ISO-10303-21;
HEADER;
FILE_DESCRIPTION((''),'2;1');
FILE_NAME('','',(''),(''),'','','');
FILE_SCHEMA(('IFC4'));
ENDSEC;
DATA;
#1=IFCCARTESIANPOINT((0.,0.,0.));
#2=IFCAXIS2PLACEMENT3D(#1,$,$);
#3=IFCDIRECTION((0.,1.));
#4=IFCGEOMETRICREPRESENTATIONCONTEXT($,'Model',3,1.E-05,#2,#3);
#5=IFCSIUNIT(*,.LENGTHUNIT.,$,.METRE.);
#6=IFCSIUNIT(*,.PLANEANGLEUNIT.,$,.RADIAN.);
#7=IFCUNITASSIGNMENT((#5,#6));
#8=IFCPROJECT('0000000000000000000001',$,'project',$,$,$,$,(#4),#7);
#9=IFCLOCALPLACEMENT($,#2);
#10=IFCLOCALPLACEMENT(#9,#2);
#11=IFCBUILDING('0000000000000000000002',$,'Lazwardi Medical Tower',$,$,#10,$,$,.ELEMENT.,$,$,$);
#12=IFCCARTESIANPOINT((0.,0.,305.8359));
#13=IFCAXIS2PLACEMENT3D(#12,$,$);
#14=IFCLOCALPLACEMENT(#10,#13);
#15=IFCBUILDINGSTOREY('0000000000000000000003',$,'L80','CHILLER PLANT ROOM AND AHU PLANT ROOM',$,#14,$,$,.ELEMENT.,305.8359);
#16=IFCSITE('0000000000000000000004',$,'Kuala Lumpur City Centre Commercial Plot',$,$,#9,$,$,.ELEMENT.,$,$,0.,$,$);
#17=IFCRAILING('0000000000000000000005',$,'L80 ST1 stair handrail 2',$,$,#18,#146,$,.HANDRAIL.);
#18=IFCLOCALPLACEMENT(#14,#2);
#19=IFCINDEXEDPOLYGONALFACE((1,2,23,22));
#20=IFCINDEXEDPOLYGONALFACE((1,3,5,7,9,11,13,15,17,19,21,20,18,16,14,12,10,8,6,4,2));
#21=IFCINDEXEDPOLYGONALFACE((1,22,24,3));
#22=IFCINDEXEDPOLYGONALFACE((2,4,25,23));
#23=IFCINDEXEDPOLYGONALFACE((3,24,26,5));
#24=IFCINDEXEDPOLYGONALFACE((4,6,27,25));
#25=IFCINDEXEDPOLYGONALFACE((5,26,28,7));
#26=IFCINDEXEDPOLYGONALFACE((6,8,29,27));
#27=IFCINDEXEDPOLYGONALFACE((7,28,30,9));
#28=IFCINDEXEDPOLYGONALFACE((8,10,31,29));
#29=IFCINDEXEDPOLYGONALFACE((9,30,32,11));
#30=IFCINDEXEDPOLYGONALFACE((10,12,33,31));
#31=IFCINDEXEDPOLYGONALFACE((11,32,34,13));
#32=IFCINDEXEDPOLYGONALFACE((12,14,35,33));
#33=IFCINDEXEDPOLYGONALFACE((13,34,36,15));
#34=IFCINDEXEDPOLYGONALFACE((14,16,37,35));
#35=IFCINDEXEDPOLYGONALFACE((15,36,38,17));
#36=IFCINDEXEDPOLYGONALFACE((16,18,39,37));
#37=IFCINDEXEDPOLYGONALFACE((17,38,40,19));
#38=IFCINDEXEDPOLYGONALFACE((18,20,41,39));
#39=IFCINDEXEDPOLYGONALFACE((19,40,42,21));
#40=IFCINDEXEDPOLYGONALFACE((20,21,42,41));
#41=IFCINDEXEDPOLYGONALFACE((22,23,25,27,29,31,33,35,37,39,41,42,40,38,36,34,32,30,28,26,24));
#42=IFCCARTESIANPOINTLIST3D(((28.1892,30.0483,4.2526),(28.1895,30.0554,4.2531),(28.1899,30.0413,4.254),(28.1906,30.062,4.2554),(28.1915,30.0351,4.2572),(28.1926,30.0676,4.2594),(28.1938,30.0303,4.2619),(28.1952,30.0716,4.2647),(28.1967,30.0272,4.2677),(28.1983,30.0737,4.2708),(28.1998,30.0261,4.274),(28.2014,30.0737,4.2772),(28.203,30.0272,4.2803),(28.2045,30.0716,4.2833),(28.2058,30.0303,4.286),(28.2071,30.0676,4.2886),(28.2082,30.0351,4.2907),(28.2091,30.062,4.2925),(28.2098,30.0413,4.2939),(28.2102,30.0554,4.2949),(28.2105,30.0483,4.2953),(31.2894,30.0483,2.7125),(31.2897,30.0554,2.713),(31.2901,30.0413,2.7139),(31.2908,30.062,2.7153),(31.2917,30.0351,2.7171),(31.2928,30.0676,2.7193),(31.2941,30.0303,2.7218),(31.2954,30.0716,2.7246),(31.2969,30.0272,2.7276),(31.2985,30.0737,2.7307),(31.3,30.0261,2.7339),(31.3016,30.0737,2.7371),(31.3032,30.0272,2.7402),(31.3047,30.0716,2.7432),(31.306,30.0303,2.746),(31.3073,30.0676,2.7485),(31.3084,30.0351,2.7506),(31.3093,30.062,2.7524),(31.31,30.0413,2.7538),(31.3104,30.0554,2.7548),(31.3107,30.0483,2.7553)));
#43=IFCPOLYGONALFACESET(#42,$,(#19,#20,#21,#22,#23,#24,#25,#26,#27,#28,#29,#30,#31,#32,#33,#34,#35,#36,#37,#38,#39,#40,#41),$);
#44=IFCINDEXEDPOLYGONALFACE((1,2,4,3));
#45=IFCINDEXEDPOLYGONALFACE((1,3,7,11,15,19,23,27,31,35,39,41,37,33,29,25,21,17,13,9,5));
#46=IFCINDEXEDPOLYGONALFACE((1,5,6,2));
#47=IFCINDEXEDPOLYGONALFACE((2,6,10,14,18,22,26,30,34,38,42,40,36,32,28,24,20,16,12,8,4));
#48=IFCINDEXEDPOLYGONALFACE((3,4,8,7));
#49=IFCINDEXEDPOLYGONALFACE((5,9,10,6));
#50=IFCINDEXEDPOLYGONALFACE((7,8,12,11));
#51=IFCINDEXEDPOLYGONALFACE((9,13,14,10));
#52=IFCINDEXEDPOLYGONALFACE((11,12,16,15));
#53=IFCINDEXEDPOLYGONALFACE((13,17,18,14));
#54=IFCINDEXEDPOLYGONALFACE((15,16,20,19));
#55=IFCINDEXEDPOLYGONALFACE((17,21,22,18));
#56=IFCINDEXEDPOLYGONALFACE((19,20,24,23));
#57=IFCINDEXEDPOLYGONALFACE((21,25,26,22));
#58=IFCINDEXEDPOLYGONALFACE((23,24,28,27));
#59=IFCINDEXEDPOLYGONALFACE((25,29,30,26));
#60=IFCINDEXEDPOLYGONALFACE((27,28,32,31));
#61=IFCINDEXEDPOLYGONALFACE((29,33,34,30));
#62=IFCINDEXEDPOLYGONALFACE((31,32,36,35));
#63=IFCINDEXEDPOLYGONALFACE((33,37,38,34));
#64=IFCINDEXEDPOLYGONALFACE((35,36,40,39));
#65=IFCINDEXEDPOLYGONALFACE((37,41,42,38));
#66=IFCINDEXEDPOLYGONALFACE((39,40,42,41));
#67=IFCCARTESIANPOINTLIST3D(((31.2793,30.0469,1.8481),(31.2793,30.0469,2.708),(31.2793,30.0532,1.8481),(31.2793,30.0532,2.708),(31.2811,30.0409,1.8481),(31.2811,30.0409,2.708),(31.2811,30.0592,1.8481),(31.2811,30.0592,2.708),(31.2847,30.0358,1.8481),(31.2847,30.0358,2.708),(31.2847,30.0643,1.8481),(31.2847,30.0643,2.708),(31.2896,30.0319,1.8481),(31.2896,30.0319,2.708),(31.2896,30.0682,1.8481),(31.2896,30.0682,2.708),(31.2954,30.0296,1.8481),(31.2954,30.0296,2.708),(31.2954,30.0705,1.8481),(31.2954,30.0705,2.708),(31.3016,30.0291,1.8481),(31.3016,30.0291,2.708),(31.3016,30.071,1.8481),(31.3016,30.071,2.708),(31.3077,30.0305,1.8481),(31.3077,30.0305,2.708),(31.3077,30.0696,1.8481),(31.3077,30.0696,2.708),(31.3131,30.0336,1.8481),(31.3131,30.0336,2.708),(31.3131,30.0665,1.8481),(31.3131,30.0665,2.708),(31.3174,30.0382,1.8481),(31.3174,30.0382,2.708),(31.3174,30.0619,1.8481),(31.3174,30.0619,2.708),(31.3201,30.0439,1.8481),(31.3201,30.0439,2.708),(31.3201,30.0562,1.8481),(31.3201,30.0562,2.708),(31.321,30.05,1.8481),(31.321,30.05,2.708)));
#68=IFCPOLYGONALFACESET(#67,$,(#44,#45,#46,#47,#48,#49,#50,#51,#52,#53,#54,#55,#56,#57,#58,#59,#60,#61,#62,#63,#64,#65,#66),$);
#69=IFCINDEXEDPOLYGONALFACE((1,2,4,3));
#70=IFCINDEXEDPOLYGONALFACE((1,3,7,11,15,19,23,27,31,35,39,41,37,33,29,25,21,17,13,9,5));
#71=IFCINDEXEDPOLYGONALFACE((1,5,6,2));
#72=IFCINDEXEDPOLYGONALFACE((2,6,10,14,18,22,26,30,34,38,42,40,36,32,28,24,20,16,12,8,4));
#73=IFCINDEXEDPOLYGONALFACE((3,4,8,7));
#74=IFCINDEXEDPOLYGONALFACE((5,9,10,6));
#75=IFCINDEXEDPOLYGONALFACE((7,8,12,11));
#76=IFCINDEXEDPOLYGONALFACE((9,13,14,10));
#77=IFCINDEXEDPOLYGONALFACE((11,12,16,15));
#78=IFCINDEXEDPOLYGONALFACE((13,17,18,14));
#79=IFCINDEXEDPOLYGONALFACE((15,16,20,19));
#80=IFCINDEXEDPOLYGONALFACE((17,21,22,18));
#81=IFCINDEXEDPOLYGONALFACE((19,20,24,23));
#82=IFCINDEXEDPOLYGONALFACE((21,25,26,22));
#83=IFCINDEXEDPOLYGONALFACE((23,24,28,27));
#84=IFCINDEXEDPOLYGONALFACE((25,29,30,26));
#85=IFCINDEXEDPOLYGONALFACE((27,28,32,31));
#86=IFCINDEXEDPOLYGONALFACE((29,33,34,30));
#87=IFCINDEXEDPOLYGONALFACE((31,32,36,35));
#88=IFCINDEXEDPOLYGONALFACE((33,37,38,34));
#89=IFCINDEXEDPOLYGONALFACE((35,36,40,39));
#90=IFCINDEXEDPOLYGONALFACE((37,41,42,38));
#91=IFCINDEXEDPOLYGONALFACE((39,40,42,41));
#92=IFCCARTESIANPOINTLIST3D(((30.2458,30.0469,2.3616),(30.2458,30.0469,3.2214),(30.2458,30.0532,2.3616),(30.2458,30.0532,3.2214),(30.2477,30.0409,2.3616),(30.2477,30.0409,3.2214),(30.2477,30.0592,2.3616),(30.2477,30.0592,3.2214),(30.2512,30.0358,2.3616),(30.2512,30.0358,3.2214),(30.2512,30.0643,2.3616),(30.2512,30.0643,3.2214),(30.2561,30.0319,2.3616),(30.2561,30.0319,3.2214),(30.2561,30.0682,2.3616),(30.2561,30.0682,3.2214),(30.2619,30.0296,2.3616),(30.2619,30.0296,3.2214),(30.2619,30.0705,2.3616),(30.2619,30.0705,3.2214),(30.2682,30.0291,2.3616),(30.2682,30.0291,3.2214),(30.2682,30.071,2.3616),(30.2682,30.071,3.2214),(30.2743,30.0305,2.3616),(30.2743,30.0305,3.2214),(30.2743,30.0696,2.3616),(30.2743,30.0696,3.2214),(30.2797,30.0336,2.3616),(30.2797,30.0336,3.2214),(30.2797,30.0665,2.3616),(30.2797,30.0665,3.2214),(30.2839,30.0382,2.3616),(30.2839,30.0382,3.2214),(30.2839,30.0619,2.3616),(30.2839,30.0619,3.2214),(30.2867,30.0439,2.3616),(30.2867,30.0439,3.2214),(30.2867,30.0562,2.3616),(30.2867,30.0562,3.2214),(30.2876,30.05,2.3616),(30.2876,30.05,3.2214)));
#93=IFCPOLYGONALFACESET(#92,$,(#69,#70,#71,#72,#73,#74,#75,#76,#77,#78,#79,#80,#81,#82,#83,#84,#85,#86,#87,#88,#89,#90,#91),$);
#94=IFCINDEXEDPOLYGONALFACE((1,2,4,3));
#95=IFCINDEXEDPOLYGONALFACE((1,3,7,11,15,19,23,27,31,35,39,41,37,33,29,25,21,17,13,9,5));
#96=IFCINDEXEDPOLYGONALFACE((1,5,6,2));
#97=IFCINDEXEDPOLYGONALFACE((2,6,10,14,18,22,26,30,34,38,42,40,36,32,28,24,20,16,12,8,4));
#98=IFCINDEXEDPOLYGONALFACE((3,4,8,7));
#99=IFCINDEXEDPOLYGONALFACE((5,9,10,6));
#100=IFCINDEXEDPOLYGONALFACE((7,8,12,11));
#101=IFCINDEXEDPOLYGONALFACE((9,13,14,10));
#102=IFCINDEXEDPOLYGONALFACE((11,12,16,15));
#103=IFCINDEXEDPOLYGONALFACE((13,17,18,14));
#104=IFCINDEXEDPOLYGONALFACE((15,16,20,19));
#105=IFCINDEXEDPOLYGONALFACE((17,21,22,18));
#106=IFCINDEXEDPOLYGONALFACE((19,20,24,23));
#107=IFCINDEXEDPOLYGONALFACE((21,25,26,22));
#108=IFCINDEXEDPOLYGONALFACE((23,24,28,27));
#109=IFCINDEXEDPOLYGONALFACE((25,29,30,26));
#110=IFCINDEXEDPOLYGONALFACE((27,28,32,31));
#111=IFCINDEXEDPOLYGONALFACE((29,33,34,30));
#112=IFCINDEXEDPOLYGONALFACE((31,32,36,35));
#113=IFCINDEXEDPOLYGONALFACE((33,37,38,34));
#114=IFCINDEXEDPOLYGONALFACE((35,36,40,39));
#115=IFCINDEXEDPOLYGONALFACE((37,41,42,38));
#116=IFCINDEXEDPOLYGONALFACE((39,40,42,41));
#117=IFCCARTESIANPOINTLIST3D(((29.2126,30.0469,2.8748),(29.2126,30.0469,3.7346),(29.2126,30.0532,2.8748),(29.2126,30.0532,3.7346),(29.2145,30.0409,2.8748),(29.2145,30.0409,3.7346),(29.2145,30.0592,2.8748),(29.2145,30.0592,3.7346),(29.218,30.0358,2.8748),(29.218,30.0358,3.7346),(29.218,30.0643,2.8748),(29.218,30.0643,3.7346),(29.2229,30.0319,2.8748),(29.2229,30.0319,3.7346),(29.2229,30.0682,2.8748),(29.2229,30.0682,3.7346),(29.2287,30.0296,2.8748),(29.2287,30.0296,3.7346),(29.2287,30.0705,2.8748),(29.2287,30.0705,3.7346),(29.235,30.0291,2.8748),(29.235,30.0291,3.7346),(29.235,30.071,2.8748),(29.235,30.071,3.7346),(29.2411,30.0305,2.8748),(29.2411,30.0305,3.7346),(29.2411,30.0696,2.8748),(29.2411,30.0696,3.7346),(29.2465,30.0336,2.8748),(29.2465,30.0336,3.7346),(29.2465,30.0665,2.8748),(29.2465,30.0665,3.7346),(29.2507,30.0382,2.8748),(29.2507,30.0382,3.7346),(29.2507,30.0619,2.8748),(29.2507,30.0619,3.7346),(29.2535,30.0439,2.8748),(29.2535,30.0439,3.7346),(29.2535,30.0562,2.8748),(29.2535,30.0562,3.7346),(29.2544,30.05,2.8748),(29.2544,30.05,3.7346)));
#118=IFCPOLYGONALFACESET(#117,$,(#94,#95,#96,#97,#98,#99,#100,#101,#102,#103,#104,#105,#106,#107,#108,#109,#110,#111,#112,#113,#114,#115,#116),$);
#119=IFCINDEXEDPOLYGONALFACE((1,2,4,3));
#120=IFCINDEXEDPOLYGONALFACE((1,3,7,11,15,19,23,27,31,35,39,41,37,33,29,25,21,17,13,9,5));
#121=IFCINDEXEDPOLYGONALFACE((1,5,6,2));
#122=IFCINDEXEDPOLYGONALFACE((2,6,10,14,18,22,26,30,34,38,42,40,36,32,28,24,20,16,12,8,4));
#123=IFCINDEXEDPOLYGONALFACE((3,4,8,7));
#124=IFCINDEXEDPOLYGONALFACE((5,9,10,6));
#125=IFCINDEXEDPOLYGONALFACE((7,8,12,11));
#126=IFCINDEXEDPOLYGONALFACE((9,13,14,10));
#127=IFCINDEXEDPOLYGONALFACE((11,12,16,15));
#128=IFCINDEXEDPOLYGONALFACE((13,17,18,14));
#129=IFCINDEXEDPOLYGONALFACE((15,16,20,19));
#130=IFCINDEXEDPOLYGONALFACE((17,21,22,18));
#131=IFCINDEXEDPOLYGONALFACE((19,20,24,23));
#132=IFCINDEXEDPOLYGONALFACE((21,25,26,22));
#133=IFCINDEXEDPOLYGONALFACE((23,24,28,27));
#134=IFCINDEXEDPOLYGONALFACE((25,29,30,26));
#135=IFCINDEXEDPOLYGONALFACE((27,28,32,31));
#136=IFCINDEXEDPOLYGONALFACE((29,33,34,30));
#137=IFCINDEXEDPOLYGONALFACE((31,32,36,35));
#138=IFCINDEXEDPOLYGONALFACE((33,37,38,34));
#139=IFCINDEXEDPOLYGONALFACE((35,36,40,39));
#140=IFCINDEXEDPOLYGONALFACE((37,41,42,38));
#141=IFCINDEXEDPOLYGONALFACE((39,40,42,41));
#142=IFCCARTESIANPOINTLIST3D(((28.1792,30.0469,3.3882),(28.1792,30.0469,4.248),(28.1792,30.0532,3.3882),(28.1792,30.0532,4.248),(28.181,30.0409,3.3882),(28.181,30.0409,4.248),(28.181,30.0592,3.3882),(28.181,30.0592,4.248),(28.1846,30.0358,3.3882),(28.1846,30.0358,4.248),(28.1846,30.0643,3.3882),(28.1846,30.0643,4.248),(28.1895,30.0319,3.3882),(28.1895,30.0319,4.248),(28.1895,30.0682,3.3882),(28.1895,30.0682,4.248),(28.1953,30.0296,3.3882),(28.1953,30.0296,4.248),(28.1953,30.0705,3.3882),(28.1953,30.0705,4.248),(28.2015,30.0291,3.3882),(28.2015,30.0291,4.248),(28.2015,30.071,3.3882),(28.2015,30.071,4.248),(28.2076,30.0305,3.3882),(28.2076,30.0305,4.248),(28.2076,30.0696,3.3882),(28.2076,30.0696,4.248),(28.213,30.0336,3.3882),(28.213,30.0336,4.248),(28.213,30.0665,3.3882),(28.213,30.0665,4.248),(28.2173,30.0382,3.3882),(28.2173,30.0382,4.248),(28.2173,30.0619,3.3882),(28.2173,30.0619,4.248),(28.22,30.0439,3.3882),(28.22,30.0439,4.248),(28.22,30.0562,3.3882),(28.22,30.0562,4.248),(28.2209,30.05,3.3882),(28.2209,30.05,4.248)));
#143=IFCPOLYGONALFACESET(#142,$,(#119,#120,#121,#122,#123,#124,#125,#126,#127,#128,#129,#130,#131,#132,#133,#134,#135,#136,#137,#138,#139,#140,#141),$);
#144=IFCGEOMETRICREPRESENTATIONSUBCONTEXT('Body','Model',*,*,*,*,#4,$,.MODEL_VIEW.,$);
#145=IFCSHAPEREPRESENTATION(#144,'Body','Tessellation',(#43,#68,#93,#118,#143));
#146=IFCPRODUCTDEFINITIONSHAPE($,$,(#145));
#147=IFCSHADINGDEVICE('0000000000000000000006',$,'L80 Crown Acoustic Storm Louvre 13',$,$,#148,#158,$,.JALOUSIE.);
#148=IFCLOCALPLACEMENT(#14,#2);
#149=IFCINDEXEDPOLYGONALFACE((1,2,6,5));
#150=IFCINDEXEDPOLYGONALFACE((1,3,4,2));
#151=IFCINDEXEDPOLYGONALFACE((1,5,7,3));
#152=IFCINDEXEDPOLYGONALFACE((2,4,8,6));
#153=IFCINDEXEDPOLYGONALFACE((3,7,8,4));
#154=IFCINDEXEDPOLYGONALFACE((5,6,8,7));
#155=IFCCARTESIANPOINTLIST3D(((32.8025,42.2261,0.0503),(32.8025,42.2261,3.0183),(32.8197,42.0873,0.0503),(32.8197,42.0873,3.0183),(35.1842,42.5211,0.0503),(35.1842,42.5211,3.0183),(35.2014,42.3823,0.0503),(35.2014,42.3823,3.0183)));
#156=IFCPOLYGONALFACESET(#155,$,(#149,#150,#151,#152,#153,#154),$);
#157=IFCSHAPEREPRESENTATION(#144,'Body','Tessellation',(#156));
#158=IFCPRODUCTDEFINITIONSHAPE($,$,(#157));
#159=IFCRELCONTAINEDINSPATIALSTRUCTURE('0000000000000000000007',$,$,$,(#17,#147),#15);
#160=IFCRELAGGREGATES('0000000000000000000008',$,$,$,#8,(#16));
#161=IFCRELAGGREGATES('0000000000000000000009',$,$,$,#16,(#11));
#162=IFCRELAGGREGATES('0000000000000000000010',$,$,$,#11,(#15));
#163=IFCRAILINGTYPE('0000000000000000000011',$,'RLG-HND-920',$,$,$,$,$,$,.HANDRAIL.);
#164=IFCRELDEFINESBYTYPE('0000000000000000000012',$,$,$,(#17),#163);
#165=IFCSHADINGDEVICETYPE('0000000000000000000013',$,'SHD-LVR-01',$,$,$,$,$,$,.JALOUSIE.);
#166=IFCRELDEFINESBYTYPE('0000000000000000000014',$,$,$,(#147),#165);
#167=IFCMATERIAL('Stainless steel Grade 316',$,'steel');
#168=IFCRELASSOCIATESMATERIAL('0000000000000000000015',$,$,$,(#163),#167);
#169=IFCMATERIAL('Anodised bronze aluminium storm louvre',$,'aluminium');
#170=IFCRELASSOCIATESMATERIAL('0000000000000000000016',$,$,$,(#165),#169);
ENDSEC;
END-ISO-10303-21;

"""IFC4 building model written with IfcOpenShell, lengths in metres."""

from ifc_helpers import new_model, si_unit, direction, frame, origin, origin_2d, place, context, subcontext, project, spatial, rectangle, circle, extrude, material, type_object, element, save


model = new_model("IFC4")

# Units and contexts
model_context = context("Model", 3, precision=1e-05, world=origin(), true_north=direction((0.0, 1.0)))
body_context = subcontext(model_context, "Body", "Model", "MODEL_VIEW")
ifc_project = project(units=[si_unit("LENGTHUNIT", "METRE"), si_unit("PLANEANGLEUNIT", "RADIAN")], contexts=[model_context])

# Site, building, storey
site_placement = place(None, origin())
site = spatial("IfcSite", under=ifc_project, at=site_placement, Name="Kuala Lumpur City Centre Commercial Plot", CompositionType="ELEMENT", RefElevation=0.0)
building_placement = place(site_placement, origin())
building = spatial("IfcBuilding", under=site, at=building_placement, Name="Lazwardi Medical Tower", CompositionType="ELEMENT")
storey_placement = place(building_placement, frame((0.0, 0.0, 305.8359)))
storey = spatial("IfcBuildingStorey", under=building, at=storey_placement, Name="L80", Description="CHILLER PLANT ROOM AND AHU PLANT ROOM", CompositionType="ELEMENT", Elevation=305.8359)

# Railing
ifc_material_1 = material(Name="Stainless steel Grade 316", Category="steel")
railing_type_1 = type_object("IfcRailingType", Name="RLG-HND-920", PredefinedType="HANDRAIL", material=ifc_material_1)
railing_1_placement = place(storey_placement, frame((31.3, 30.05, 1.8481)))
element("IfcRailing", 1, at=railing_1_placement, inside=storey, type_object=railing_type_1, Name="L80 ST1 stair handrail 2", PredefinedType="HANDRAIL", context=body_context, shape_type="SweptSolid", body=[
    extrude(circle(Radius=0.0239, at=origin_2d()), frame((0.0, 0.0, 0.8857), z_axis=(-0.895581, 0.0, 0.444899), x_axis=(0.0, -1.0, 0.0)), (0.0, 0.0, 1.0), 3.4617),
    extrude(circle(Radius=0.021, at=origin_2d()), origin(), (0.0, 0.0, 1.0), 0.8599),
    extrude(circle(Radius=0.021, at=origin_2d()), frame((-1.0334, 0.0, 0.5134)), (0.0, 0.0, 1.0), 0.8599),
    extrude(circle(Radius=0.021, at=origin_2d()), frame((-2.0667, 0.0, 1.0266)), (0.0, 0.0, 1.0), 0.8599),
    extrude(circle(Radius=0.021, at=origin_2d()), frame((-3.1001, 0.0, 1.54)), (0.0, 0.0, 1.0), 0.8599),
])

# Shading device
ifc_material_2 = material(Name="Anodised bronze aluminium storm louvre", Category="aluminium")
shading_device_type = type_object("IfcShadingDeviceType", Name="SHD-LVR-01", PredefinedType="JALOUSIE", material=ifc_material_2)
shading_device_placement = place(storey_placement, frame((34.002, 42.3042, 0.0503), z_axis=(0.0, 0.0, 1.0), x_axis=(-0.992415, -0.122933, 0.0)))
element("IfcShadingDevice", 2, at=shading_device_placement, inside=storey, type_object=shading_device_type, Name="L80 Crown Acoustic Storm Louvre 13", PredefinedType="JALOUSIE", context=body_context, shape_type="SweptSolid", body=[
    extrude(rectangle(XDim=2.3999, YDim=0.1399, at=origin_2d()), origin(), (0.0, 0.0, 1.0), 2.968),
])

save(model, "model.ifc")
